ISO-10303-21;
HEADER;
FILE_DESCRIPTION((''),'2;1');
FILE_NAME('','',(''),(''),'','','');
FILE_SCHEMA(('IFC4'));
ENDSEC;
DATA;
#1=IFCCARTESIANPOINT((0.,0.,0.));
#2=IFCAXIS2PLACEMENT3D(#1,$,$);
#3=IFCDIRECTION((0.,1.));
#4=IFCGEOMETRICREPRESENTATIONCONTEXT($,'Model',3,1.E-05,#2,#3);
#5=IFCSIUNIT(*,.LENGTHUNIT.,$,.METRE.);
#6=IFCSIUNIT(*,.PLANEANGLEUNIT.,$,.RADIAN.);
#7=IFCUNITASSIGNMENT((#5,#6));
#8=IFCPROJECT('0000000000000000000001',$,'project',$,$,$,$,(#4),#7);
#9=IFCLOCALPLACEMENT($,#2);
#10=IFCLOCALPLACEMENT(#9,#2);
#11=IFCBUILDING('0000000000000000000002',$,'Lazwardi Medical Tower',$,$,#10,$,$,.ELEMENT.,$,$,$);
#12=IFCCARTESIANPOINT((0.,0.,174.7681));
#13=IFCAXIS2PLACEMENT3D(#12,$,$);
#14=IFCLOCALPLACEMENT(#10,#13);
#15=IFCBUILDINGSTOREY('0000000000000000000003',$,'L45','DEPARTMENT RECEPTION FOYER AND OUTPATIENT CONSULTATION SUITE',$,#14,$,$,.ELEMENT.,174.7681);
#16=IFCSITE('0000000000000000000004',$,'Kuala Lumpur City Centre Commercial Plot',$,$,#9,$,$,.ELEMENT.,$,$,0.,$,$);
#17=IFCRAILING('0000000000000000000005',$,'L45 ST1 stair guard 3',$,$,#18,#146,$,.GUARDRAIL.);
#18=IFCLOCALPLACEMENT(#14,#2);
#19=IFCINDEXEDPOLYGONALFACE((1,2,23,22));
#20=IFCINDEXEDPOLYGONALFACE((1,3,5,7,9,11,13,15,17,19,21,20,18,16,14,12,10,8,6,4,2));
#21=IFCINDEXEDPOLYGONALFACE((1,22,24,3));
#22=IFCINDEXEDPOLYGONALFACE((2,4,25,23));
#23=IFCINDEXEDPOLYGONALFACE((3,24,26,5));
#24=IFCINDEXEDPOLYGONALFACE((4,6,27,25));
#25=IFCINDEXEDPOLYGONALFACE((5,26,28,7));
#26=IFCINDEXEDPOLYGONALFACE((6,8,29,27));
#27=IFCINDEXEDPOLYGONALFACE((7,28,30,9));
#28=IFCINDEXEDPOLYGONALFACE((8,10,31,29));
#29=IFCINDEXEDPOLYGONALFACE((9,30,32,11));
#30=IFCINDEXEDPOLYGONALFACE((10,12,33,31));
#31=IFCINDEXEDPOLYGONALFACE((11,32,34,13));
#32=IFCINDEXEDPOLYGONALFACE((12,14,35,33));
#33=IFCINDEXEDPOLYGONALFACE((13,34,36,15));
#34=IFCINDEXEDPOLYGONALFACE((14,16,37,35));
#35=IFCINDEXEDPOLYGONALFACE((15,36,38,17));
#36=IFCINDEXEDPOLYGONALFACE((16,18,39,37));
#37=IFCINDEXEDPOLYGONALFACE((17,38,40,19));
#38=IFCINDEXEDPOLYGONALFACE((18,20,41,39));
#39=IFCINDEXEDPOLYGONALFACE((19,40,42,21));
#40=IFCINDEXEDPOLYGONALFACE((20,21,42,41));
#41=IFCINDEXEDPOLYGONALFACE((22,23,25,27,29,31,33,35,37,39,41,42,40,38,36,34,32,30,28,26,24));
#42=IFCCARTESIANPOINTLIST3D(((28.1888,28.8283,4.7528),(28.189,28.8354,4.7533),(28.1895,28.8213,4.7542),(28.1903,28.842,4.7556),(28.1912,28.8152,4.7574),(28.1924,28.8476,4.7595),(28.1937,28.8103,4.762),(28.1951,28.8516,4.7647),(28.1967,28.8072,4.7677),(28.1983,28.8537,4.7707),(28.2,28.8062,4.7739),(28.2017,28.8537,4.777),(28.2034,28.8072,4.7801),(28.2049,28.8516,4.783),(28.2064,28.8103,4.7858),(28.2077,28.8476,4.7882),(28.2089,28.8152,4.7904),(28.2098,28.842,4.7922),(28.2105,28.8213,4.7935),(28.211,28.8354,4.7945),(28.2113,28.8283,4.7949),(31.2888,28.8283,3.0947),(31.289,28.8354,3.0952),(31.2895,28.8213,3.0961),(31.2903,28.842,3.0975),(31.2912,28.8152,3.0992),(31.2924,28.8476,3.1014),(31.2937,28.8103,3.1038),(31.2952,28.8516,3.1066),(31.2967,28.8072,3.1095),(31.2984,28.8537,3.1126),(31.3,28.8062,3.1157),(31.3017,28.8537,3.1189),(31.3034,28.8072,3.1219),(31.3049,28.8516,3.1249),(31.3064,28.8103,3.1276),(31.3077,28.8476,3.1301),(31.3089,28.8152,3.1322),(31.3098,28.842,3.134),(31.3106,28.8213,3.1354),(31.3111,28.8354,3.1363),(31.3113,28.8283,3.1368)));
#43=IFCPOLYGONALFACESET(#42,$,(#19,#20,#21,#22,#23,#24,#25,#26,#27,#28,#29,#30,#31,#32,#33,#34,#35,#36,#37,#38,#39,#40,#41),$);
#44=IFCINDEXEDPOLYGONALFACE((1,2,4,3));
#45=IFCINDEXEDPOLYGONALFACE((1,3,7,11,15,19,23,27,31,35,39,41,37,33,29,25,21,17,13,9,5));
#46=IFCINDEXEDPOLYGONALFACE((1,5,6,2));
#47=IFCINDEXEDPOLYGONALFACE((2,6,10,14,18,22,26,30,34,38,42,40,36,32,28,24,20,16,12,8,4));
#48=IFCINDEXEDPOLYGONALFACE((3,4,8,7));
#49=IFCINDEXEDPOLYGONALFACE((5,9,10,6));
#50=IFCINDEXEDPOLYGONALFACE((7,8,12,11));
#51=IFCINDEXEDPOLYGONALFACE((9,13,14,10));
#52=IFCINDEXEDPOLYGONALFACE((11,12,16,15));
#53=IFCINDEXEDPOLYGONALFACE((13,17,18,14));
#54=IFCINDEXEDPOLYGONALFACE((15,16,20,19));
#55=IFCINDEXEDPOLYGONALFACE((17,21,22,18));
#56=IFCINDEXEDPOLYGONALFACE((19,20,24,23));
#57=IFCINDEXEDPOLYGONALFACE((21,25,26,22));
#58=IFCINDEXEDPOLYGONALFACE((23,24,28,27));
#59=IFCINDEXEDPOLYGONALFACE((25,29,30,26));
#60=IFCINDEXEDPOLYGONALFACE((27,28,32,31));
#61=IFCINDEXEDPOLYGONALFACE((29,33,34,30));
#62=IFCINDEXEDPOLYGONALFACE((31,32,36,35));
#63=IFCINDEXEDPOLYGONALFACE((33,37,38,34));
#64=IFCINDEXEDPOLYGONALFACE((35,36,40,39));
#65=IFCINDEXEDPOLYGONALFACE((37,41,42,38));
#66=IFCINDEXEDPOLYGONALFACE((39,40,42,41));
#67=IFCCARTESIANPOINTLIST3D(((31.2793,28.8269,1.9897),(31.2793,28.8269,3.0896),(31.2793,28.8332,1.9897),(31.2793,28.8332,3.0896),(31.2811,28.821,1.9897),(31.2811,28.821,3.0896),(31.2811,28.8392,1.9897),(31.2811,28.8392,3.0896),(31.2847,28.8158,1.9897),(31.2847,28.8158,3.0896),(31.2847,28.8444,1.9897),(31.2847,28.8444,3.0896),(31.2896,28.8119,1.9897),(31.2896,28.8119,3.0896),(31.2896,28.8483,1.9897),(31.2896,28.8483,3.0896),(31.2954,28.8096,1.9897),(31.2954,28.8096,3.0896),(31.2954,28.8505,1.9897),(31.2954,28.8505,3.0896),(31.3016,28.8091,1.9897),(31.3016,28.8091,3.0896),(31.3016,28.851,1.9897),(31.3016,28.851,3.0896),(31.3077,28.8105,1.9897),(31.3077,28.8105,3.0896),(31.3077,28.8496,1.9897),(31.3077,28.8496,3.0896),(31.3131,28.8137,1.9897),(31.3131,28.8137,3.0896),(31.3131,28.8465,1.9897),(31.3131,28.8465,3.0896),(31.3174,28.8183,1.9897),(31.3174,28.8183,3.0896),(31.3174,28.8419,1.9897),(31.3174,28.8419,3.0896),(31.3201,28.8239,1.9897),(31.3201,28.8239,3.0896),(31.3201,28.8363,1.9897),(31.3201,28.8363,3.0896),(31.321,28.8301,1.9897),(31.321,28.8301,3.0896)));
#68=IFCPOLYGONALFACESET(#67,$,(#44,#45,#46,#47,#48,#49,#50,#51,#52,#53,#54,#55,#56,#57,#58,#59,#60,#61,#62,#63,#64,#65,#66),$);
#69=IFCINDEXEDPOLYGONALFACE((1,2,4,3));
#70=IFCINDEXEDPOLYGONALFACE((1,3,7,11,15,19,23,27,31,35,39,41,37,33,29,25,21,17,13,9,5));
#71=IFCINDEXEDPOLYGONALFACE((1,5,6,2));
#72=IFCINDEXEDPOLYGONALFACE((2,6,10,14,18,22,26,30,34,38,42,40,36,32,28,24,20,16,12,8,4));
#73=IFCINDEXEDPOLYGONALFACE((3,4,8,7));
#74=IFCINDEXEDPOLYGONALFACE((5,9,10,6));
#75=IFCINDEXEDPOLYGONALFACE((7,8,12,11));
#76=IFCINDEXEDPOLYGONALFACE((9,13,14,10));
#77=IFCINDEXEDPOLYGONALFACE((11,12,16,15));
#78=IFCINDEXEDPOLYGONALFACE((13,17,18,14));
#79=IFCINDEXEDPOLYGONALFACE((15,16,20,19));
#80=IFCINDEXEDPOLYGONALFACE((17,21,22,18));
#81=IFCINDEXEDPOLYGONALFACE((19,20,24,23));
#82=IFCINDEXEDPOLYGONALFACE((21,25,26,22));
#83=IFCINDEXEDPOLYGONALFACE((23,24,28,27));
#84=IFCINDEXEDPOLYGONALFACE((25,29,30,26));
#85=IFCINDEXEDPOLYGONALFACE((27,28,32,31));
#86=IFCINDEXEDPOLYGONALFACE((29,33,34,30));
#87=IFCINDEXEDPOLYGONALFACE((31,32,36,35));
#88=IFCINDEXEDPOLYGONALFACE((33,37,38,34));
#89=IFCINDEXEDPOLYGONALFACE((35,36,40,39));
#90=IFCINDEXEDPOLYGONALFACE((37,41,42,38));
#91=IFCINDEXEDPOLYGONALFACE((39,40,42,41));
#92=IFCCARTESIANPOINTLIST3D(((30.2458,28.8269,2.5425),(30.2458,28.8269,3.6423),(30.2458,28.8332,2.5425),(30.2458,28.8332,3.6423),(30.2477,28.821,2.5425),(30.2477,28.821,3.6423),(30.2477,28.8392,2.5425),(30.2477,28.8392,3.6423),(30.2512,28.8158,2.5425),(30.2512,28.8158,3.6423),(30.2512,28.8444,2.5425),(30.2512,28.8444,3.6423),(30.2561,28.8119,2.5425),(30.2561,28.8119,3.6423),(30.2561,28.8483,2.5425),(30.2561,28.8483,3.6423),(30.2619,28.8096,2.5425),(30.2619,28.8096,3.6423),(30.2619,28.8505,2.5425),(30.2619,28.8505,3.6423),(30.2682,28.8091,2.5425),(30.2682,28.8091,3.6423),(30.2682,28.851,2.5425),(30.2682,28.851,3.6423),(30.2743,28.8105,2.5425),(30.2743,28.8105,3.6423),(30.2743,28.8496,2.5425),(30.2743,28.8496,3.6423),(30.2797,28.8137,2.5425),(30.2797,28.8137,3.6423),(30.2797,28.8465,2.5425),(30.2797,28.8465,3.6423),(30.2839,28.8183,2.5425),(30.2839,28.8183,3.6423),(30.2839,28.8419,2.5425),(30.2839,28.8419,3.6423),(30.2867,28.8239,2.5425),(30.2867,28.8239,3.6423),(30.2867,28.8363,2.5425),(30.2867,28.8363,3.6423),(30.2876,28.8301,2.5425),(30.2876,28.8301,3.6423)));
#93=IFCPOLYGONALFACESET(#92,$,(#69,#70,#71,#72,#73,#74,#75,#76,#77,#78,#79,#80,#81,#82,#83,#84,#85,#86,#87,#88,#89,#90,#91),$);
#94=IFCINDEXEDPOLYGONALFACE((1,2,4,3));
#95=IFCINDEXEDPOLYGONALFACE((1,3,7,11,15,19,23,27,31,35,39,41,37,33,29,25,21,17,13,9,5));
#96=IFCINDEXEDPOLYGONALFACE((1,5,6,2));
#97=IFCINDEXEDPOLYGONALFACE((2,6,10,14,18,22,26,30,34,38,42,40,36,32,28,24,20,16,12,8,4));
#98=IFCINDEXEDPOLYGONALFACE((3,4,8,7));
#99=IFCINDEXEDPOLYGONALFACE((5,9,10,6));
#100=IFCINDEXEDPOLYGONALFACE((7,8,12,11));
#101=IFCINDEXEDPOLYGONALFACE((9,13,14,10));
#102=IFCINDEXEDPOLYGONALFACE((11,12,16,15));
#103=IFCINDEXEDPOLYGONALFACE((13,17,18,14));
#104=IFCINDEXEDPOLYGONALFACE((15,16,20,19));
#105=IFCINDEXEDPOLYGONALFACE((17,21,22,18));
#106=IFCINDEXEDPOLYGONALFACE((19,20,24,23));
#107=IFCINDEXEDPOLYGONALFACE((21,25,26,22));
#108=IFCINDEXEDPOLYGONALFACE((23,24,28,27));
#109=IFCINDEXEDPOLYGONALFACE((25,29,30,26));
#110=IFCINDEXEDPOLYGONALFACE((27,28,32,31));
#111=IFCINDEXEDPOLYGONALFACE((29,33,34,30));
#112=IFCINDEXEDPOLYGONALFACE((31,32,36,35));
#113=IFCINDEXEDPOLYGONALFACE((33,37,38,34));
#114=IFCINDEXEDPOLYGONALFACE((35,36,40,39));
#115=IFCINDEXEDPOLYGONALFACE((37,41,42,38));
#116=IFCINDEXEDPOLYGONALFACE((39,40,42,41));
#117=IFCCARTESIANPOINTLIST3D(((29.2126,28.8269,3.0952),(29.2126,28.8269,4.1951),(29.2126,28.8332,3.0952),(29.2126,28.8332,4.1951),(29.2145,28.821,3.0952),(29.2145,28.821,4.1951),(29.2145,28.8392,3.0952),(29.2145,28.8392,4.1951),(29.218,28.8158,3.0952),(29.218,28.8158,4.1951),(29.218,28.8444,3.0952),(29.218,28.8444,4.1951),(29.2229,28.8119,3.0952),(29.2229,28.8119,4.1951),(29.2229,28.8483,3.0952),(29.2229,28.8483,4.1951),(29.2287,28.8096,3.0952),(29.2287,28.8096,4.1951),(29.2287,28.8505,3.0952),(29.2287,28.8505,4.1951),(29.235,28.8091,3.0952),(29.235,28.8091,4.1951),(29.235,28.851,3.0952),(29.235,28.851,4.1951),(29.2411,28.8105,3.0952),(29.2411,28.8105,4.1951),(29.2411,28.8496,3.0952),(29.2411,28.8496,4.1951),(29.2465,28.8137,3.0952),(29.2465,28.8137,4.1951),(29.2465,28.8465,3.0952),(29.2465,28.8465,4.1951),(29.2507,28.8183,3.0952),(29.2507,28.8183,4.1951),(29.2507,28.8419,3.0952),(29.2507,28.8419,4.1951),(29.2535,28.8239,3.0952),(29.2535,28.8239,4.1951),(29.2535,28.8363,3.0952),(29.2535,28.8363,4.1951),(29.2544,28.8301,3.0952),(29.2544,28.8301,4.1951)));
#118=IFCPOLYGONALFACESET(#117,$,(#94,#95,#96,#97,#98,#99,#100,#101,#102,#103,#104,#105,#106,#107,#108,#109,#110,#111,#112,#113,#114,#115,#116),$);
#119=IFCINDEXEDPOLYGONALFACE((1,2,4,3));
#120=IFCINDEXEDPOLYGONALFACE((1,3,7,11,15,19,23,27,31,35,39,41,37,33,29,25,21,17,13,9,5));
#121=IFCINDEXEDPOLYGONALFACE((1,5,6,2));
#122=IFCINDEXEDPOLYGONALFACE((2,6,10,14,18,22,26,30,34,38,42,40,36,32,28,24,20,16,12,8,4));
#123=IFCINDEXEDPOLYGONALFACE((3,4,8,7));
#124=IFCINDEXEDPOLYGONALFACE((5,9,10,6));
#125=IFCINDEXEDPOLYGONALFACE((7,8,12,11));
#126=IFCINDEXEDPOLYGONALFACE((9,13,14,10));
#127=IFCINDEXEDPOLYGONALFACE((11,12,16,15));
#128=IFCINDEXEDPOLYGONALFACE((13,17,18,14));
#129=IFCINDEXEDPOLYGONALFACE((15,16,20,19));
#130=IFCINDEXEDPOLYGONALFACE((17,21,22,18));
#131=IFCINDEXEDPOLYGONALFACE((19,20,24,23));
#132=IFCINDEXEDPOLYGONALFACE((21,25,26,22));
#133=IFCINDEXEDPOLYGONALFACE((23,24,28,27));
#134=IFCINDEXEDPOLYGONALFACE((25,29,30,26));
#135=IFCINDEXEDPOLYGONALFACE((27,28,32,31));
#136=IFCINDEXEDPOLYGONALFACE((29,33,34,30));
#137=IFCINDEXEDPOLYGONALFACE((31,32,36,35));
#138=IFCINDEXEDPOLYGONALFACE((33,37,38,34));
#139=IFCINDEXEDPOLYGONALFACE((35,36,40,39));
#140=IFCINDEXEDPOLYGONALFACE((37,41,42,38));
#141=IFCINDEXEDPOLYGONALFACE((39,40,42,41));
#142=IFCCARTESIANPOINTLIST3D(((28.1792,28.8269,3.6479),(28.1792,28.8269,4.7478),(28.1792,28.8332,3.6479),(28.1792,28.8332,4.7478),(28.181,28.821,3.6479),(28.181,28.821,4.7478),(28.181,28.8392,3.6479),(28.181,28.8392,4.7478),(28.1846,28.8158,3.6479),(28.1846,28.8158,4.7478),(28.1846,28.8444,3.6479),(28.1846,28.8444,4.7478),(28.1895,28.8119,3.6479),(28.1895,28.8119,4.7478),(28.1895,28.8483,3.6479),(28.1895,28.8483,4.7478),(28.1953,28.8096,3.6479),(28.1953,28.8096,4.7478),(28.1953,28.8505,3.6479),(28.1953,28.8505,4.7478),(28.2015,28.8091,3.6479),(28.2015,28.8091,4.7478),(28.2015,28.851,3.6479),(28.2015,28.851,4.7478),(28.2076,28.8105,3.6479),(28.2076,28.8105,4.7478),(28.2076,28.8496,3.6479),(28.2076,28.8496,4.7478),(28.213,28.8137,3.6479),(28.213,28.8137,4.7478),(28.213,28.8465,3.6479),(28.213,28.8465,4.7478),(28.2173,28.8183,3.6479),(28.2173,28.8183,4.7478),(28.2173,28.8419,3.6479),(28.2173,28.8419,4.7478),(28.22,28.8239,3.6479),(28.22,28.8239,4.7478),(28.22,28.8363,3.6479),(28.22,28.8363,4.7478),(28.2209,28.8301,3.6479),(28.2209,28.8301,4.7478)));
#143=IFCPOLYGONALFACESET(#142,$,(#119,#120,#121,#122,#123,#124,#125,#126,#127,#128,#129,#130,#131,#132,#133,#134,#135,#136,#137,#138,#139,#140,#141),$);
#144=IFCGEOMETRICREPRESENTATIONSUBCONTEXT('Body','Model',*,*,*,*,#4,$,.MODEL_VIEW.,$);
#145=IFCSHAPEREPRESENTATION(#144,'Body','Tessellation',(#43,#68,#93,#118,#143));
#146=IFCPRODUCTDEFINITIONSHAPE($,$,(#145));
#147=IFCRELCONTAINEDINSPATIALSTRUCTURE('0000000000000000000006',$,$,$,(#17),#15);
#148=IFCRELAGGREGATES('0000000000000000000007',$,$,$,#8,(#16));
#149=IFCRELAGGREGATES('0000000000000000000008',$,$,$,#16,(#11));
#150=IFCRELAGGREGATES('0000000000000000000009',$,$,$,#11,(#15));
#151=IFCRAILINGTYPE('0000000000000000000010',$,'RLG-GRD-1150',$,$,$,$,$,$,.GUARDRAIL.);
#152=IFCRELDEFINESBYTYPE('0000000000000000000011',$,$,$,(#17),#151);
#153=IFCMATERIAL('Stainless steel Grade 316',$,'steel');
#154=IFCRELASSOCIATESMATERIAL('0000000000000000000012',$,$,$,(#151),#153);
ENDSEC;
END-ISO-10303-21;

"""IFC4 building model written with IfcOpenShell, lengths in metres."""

from ifc_helpers import new_model, si_unit, direction, frame, origin, origin_2d, place, context, subcontext, project, spatial, circle, extrude, material, type_object, element, save


model = new_model("IFC4")

# Units and contexts
model_context = context("Model", 3, precision=1e-05, world=origin(), true_north=direction((0.0, 1.0)))
body_context = subcontext(model_context, "Body", "Model", "MODEL_VIEW")
ifc_project = project(units=[si_unit("LENGTHUNIT", "METRE"), si_unit("PLANEANGLEUNIT", "RADIAN")], contexts=[model_context])

# Site, building, storey
site_placement = place(None, origin())
site = spatial("IfcSite", under=ifc_project, at=site_placement, Name="Kuala Lumpur City Centre Commercial Plot", CompositionType="ELEMENT", RefElevation=0.0)
building_placement = place(site_placement, origin())
building = spatial("IfcBuilding", under=site, at=building_placement, Name="Lazwardi Medical Tower", CompositionType="ELEMENT")
storey_placement = place(building_placement, frame((0.0, 0.0, 174.7681)))
storey = spatial("IfcBuildingStorey", under=building, at=storey_placement, Name="L45", Description="DEPARTMENT RECEPTION FOYER AND OUTPATIENT CONSULTATION SUITE", CompositionType="ELEMENT", Elevation=174.7681)

# Railing
ifc_material_1 = material(Name="Stainless steel Grade 316", Category="steel")
railing_type_1 = type_object("IfcRailingType", Name="RLG-GRD-1150", PredefinedType="GUARDRAIL", material=ifc_material_1)
railing_1_placement = place(storey_placement, frame((31.3, 28.8301, 1.9897)))
element("IfcRailing", 1, at=railing_1_placement, inside=storey, type_object=railing_type_1, Name="L45 ST1 stair guard 3", PredefinedType="GUARDRAIL", context=body_context, shape_type="SweptSolid", body=[
    extrude(circle(Radius=0.0239, at=origin_2d()), frame((0.0, 0.0, 1.126), z_axis=(-0.881783, 0.0, 0.471655), x_axis=(0.0, -1.0, 0.0)), (0.0, 0.0, 1.0), 3.5156),
    extrude(circle(Radius=0.021, at=origin_2d()), origin(), (0.0, 0.0, 1.0), 1.0999),
    extrude(circle(Radius=0.021, at=origin_2d()), frame((-1.0334, 0.0, 0.5527)), (0.0, 0.0, 1.0), 1.0999),
    extrude(circle(Radius=0.021, at=origin_2d()), frame((-2.0667, 0.0, 1.1055)), (0.0, 0.0, 1.0), 1.0999),
    extrude(circle(Radius=0.021, at=origin_2d()), frame((-3.1001, 0.0, 1.6582)), (0.0, 0.0, 1.0), 1.0999),
])

save(model, "model.ifc")
